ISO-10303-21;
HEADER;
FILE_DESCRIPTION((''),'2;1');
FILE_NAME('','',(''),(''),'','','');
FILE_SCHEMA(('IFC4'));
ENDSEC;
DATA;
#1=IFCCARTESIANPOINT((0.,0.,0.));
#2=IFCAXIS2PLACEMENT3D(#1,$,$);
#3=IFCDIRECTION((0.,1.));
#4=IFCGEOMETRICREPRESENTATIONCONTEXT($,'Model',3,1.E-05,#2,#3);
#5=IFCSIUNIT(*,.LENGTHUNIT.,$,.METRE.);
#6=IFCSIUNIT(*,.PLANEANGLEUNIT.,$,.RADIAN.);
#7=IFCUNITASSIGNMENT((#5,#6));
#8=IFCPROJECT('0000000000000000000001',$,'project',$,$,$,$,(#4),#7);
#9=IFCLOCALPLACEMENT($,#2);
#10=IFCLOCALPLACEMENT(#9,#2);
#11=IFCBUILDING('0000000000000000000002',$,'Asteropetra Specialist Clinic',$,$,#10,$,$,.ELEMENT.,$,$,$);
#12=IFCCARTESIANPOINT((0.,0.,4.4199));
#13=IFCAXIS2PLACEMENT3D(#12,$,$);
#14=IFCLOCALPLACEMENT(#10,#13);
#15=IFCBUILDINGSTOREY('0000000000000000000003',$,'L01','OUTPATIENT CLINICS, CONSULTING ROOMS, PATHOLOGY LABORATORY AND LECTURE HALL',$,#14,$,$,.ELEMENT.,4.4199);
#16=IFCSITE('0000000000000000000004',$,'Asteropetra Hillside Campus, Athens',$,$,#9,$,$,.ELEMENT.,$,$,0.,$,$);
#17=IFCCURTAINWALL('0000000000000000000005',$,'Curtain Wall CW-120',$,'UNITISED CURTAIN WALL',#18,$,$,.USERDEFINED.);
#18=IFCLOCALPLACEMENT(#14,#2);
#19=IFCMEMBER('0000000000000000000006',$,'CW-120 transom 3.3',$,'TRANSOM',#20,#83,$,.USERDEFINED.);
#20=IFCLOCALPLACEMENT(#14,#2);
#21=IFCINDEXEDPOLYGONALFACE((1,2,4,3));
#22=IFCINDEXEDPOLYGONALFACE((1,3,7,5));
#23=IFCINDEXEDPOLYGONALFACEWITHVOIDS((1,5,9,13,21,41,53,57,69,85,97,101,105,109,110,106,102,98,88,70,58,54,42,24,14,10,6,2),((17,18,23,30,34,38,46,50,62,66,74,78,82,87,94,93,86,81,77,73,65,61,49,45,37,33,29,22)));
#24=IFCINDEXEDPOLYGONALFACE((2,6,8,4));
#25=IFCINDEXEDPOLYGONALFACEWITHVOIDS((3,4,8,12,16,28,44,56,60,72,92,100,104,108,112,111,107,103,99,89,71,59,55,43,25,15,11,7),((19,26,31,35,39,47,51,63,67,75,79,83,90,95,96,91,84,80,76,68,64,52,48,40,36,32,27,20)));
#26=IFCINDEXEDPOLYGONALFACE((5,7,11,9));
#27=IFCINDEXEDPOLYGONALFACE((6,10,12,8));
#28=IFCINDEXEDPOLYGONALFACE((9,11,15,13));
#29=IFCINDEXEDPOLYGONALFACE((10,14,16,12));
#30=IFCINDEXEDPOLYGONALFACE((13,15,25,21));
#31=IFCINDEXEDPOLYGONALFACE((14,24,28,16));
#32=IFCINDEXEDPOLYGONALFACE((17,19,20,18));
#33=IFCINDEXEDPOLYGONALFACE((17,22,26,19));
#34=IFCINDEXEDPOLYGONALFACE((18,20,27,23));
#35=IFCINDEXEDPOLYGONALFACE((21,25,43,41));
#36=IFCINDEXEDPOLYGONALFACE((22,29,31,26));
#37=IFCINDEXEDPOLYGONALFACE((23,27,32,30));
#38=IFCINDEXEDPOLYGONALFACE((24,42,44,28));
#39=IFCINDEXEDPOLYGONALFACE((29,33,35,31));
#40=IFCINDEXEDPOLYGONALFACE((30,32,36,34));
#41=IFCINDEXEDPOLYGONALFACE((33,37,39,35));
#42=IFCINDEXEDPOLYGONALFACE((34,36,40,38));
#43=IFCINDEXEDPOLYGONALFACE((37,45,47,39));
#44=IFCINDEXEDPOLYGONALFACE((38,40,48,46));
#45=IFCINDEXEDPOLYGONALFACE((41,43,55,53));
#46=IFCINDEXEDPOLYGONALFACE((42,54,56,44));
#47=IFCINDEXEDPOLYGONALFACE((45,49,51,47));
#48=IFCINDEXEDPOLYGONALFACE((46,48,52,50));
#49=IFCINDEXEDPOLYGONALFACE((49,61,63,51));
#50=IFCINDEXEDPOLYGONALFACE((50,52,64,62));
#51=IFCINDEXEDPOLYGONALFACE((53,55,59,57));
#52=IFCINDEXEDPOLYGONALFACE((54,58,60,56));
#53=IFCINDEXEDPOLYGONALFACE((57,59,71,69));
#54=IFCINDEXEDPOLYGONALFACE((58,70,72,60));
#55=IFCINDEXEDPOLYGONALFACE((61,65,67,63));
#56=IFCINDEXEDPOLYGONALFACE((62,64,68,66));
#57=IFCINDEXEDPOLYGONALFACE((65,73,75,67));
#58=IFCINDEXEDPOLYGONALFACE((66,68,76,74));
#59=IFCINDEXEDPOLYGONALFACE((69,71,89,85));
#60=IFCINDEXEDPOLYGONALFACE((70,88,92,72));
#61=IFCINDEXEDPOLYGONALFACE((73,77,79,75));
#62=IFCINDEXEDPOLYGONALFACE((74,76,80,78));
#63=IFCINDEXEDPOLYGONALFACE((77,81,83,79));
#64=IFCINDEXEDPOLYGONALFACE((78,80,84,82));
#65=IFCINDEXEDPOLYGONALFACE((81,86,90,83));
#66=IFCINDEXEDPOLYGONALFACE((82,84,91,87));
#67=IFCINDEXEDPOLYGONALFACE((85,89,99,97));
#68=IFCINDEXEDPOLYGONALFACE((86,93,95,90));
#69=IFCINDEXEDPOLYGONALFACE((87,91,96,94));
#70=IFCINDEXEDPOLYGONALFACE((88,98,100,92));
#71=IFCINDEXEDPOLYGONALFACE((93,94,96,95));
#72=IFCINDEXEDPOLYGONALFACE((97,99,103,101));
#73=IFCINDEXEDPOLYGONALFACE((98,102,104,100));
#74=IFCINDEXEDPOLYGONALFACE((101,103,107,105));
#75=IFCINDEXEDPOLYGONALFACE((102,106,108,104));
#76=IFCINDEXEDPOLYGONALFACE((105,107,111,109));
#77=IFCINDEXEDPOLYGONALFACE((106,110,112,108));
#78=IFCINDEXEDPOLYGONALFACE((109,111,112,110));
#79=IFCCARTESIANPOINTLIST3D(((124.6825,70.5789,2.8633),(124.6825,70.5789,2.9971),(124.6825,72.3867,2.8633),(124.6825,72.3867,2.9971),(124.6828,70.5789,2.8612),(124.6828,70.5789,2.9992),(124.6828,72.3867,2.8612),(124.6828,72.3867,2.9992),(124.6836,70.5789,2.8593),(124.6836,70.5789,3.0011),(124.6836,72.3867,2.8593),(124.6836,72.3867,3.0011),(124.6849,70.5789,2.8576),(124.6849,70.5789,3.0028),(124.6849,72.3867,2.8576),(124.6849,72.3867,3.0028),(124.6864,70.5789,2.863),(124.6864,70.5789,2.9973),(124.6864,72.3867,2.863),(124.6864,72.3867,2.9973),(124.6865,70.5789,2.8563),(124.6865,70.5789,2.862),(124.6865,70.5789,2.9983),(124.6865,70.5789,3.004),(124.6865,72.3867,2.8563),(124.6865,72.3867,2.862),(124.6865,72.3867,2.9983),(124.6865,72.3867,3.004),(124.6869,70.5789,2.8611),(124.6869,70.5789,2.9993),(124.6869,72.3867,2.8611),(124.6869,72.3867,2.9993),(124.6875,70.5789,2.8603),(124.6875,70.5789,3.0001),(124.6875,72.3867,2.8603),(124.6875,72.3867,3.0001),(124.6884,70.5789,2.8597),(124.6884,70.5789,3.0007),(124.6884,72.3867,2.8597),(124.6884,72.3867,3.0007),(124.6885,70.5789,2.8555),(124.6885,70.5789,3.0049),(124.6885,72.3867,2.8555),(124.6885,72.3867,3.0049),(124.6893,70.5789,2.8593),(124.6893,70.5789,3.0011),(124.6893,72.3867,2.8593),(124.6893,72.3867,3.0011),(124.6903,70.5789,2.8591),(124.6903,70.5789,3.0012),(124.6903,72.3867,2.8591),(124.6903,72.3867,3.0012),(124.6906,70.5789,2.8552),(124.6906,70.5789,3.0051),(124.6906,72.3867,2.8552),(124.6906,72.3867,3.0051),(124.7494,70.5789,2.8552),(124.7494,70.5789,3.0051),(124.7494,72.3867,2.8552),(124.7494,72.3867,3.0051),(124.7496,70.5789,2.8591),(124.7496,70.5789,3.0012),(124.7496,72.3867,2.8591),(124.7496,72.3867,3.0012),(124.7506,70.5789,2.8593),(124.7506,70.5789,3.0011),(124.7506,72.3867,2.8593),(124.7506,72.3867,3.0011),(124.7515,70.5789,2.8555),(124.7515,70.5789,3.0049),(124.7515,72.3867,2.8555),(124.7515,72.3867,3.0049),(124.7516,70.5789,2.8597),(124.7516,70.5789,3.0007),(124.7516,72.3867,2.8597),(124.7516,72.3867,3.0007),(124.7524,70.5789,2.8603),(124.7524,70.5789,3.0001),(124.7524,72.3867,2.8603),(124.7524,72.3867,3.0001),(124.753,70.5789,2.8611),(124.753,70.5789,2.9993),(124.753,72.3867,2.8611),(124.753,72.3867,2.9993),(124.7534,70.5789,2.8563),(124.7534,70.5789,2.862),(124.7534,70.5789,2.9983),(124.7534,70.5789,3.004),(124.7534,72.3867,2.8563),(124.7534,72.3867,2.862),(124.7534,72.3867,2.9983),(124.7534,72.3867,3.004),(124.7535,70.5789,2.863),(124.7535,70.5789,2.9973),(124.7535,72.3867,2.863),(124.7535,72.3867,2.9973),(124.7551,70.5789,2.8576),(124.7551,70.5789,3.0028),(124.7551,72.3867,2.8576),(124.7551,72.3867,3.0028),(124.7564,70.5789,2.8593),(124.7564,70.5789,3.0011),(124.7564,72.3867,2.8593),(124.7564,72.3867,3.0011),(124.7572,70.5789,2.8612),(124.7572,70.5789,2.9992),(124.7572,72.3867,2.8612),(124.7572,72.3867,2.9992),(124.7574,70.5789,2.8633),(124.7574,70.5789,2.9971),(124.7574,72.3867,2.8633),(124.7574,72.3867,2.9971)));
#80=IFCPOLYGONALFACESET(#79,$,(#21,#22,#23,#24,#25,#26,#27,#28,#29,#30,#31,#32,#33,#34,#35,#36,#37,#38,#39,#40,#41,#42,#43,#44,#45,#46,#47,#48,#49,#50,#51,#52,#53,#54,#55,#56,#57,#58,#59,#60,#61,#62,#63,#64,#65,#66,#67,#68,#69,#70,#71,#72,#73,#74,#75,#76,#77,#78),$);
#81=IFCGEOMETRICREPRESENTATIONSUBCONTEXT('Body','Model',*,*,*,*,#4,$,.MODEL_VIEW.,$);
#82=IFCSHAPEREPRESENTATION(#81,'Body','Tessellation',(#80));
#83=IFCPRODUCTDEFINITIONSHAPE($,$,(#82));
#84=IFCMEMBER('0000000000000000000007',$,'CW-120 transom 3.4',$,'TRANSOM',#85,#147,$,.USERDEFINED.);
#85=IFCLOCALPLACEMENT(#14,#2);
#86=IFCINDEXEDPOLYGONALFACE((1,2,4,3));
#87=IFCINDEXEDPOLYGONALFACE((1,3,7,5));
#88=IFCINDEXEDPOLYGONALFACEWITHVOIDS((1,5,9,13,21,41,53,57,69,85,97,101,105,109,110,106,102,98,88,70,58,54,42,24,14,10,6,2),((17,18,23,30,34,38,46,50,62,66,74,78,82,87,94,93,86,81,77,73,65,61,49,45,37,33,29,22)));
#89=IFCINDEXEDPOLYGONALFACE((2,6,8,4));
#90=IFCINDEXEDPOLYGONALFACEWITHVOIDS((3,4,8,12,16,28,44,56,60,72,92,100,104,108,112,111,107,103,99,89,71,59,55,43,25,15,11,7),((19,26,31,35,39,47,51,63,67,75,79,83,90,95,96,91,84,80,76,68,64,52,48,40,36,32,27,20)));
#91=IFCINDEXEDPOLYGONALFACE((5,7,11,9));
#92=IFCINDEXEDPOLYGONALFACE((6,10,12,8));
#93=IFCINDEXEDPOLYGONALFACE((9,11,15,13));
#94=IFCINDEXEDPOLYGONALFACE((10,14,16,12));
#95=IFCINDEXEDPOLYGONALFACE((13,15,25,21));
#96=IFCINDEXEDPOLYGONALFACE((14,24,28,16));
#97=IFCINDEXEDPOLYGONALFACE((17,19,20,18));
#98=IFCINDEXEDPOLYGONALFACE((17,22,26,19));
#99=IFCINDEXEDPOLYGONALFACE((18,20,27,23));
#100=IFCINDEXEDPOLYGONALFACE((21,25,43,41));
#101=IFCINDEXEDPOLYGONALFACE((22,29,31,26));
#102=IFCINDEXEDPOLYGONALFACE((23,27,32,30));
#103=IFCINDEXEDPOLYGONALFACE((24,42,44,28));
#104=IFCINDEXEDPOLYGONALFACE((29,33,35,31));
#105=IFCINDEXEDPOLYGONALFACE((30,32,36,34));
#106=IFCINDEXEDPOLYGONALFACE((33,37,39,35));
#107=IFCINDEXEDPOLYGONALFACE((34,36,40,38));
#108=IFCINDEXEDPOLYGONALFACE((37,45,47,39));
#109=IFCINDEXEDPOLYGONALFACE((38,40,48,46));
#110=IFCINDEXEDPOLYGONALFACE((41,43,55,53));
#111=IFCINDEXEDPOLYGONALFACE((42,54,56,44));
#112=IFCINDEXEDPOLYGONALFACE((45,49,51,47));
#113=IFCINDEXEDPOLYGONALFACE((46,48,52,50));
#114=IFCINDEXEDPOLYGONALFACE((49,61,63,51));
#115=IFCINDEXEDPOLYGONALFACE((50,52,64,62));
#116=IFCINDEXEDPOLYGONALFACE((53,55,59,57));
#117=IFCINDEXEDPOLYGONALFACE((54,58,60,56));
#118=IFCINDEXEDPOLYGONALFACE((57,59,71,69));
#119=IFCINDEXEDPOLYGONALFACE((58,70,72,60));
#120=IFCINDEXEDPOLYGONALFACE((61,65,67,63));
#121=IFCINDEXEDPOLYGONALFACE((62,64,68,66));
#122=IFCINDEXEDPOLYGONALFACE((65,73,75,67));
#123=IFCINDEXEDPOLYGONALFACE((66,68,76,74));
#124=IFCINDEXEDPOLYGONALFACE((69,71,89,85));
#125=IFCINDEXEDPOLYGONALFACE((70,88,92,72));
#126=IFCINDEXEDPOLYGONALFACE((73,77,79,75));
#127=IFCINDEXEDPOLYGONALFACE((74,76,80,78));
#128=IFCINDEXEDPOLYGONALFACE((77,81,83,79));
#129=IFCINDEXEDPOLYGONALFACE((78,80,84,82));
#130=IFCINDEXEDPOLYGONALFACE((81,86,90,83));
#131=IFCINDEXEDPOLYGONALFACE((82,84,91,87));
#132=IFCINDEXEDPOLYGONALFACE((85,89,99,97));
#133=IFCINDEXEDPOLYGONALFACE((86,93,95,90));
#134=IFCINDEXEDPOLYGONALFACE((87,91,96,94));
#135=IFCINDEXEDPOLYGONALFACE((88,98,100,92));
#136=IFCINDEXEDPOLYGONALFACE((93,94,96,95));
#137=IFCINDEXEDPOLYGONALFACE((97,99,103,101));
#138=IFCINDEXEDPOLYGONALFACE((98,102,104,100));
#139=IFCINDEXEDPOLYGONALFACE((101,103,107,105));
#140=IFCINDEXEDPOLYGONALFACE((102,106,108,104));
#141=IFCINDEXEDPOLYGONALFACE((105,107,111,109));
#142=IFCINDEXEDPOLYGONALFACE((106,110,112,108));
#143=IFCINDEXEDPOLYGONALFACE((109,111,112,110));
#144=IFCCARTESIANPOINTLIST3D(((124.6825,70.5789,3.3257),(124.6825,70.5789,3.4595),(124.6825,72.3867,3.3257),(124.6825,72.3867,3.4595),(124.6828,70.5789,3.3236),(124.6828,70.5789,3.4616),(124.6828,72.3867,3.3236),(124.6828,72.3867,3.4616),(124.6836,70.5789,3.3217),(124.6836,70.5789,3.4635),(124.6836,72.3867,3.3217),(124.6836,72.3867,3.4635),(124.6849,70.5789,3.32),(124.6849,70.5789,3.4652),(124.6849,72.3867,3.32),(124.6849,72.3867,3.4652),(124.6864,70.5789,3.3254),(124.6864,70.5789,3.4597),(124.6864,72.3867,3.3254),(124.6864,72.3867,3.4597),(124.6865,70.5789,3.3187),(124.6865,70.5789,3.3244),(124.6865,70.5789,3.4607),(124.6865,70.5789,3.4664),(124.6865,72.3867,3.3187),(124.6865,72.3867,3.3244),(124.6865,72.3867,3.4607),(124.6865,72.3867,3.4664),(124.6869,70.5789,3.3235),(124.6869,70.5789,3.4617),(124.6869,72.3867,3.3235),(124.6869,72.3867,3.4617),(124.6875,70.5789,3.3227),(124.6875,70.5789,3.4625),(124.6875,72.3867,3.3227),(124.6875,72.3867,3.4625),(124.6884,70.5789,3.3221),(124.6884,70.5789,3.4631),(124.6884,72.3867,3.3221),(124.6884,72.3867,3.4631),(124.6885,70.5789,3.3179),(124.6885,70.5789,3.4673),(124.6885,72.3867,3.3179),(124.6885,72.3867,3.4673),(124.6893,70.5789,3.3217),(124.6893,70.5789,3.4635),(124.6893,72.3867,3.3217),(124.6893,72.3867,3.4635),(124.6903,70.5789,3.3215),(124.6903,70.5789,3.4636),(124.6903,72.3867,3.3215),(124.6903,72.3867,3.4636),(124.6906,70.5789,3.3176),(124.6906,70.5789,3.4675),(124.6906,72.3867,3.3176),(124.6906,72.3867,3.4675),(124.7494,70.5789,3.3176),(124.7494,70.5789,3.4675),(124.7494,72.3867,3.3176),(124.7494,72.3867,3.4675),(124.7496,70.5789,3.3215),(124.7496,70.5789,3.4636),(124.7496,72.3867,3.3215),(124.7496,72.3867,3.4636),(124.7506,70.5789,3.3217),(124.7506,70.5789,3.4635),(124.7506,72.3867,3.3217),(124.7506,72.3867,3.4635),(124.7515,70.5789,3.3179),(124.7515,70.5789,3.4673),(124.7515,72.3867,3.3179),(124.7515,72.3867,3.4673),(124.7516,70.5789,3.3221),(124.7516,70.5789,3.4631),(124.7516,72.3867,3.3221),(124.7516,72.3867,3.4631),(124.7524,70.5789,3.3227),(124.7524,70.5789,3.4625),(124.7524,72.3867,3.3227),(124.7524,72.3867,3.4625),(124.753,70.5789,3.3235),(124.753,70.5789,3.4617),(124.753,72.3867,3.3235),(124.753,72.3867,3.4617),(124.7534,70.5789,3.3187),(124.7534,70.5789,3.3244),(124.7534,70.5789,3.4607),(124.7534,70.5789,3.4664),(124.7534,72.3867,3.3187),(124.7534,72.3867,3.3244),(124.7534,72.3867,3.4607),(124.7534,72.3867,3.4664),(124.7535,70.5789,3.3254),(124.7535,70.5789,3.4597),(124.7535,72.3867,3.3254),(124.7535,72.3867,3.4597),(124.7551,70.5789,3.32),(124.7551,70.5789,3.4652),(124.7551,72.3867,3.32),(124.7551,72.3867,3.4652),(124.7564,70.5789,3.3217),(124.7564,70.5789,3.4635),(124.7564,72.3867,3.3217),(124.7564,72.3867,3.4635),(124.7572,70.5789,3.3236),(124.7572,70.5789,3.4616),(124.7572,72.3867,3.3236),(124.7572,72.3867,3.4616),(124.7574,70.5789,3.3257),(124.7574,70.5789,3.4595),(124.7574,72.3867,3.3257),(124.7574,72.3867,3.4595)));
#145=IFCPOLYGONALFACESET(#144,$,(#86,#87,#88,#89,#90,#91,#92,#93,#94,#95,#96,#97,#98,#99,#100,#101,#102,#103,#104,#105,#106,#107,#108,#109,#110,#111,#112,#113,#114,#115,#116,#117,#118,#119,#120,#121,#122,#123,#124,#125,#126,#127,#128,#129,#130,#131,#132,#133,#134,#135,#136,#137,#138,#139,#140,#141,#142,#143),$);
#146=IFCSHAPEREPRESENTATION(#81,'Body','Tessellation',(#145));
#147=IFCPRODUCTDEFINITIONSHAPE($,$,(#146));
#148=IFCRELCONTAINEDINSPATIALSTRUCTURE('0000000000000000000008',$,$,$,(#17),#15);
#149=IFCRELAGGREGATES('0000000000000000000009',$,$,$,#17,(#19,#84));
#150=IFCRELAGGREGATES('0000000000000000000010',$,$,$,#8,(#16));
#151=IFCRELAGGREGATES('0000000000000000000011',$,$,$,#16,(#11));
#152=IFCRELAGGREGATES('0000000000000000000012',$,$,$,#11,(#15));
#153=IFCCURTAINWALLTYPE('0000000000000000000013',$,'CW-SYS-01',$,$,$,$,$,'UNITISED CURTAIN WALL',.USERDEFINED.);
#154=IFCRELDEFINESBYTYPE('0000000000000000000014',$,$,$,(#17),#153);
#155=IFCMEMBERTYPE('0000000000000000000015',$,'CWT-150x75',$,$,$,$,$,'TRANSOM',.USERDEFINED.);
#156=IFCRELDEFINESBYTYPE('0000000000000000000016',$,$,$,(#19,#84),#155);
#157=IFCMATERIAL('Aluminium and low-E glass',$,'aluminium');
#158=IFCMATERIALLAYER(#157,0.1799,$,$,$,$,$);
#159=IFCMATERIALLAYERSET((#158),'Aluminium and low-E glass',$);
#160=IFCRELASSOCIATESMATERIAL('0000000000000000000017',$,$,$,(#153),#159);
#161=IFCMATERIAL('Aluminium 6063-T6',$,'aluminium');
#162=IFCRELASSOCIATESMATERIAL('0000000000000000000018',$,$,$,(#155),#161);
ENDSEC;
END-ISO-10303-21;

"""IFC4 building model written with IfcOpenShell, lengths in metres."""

from ifc_helpers import new_model, si_unit, direction, frame, origin, origin_2d, place, context, subcontext, project, spatial, hollow_rectangle, extrude, material, layer, layer_set, material_profile, profile_set, type_object, element, aggregate, save


model = new_model("IFC4")

# Units and contexts
model_context = context("Model", 3, precision=1e-05, world=origin(), true_north=direction((0.0, 1.0)))
body_context = subcontext(model_context, "Body", "Model", "MODEL_VIEW")
ifc_project = project(units=[si_unit("LENGTHUNIT", "METRE"), si_unit("PLANEANGLEUNIT", "RADIAN")], contexts=[model_context])

# Site, building, storey
site_placement = place(None, origin())
site = spatial("IfcSite", under=ifc_project, at=site_placement, Name="Asteropetra Hillside Campus, Athens", CompositionType="ELEMENT", RefElevation=0.0)
building_placement = place(site_placement, origin())
building = spatial("IfcBuilding", under=site, at=building_placement, Name="Asteropetra Specialist Clinic", CompositionType="ELEMENT")
storey_placement = place(building_placement, frame((0.0, 0.0, 4.4199)))
storey = spatial("IfcBuildingStorey", under=building, at=storey_placement, Name="L01", Description="OUTPATIENT CLINICS, CONSULTING ROOMS, PATHOLOGY LABORATORY AND LECTURE HALL", CompositionType="ELEMENT", Elevation=4.4199)

# Curtain wall, members
ifc_material_1 = material(Name="Aluminium and low-E glass", Category="aluminium")
ifc_layer_1 = layer(ifc_material_1, 0.1799)
ifc_layer_set_1 = layer_set([ifc_layer_1], Name="Aluminium and low-E glass")
curtain_wall_type = type_object("IfcCurtainWallType", Name="CW-SYS-01", ElementType="UNITISED CURTAIN WALL", PredefinedType="USERDEFINED", material=ifc_layer_set_1)
curtain_wall_placement = place(storey_placement, origin())
curtain_wall = element("IfcCurtainWall", 1, at=curtain_wall_placement, inside=storey, type_object=curtain_wall_type, Name="Curtain Wall CW-120", ObjectType="UNITISED CURTAIN WALL", PredefinedType="USERDEFINED")
ifc_material_2 = material(Name="Aluminium 6063-T6", Category="aluminium")
ifc_material_profile_1 = material_profile(ifc_material_2, hollow_rectangle(XDim=0.075, YDim=0.1499, WallThickness=0.0039, InnerFilletRadius=0.0039, OuterFilletRadius=0.0081, at=origin_2d()), Name="TRN 150x75x4.0")
ifc_profile_set_1 = profile_set([ifc_material_profile_1], Name="Aluminium 6063-T6")
member_type_1 = type_object("IfcMemberType", Name="CWT-150x75", ElementType="TRANSOM", PredefinedType="USERDEFINED", material=ifc_profile_set_1)
member_1_placement = place(storey_placement, frame((124.72, 72.3867, 2.9302), z_axis=(0.0, -1.0, 0.0), x_axis=(1.0, 0.0, 0.0)))
member_1 = element("IfcMember", 2, at=member_1_placement, type_object=member_type_1, Name="CW-120 transom 3.3", ObjectType="TRANSOM", PredefinedType="USERDEFINED", context=body_context, shape_type="SweptSolid", body=[
    extrude(hollow_rectangle(XDim=0.075, YDim=0.1499, WallThickness=0.0039, InnerFilletRadius=0.0039, OuterFilletRadius=0.0081, at=origin_2d()), origin(), (0.0, 0.0, 1.0), 1.8079),
])
member_2_placement = place(storey_placement, frame((124.72, 72.3867, 3.3926), z_axis=(0.0, -1.0, 0.0), x_axis=(1.0, 0.0, 0.0)))
member_2 = element("IfcMember", 3, at=member_2_placement, type_object=member_type_1, Name="CW-120 transom 3.4", ObjectType="TRANSOM", PredefinedType="USERDEFINED", context=body_context, shape_type="SweptSolid", body=[
    extrude(hollow_rectangle(XDim=0.075, YDim=0.1499, WallThickness=0.0039, InnerFilletRadius=0.0039, OuterFilletRadius=0.0081, at=origin_2d()), origin(), (0.0, 0.0, 1.0), 1.8079),
])
aggregate(curtain_wall, [member_1, member_2])

save(model, "model.ifc")
